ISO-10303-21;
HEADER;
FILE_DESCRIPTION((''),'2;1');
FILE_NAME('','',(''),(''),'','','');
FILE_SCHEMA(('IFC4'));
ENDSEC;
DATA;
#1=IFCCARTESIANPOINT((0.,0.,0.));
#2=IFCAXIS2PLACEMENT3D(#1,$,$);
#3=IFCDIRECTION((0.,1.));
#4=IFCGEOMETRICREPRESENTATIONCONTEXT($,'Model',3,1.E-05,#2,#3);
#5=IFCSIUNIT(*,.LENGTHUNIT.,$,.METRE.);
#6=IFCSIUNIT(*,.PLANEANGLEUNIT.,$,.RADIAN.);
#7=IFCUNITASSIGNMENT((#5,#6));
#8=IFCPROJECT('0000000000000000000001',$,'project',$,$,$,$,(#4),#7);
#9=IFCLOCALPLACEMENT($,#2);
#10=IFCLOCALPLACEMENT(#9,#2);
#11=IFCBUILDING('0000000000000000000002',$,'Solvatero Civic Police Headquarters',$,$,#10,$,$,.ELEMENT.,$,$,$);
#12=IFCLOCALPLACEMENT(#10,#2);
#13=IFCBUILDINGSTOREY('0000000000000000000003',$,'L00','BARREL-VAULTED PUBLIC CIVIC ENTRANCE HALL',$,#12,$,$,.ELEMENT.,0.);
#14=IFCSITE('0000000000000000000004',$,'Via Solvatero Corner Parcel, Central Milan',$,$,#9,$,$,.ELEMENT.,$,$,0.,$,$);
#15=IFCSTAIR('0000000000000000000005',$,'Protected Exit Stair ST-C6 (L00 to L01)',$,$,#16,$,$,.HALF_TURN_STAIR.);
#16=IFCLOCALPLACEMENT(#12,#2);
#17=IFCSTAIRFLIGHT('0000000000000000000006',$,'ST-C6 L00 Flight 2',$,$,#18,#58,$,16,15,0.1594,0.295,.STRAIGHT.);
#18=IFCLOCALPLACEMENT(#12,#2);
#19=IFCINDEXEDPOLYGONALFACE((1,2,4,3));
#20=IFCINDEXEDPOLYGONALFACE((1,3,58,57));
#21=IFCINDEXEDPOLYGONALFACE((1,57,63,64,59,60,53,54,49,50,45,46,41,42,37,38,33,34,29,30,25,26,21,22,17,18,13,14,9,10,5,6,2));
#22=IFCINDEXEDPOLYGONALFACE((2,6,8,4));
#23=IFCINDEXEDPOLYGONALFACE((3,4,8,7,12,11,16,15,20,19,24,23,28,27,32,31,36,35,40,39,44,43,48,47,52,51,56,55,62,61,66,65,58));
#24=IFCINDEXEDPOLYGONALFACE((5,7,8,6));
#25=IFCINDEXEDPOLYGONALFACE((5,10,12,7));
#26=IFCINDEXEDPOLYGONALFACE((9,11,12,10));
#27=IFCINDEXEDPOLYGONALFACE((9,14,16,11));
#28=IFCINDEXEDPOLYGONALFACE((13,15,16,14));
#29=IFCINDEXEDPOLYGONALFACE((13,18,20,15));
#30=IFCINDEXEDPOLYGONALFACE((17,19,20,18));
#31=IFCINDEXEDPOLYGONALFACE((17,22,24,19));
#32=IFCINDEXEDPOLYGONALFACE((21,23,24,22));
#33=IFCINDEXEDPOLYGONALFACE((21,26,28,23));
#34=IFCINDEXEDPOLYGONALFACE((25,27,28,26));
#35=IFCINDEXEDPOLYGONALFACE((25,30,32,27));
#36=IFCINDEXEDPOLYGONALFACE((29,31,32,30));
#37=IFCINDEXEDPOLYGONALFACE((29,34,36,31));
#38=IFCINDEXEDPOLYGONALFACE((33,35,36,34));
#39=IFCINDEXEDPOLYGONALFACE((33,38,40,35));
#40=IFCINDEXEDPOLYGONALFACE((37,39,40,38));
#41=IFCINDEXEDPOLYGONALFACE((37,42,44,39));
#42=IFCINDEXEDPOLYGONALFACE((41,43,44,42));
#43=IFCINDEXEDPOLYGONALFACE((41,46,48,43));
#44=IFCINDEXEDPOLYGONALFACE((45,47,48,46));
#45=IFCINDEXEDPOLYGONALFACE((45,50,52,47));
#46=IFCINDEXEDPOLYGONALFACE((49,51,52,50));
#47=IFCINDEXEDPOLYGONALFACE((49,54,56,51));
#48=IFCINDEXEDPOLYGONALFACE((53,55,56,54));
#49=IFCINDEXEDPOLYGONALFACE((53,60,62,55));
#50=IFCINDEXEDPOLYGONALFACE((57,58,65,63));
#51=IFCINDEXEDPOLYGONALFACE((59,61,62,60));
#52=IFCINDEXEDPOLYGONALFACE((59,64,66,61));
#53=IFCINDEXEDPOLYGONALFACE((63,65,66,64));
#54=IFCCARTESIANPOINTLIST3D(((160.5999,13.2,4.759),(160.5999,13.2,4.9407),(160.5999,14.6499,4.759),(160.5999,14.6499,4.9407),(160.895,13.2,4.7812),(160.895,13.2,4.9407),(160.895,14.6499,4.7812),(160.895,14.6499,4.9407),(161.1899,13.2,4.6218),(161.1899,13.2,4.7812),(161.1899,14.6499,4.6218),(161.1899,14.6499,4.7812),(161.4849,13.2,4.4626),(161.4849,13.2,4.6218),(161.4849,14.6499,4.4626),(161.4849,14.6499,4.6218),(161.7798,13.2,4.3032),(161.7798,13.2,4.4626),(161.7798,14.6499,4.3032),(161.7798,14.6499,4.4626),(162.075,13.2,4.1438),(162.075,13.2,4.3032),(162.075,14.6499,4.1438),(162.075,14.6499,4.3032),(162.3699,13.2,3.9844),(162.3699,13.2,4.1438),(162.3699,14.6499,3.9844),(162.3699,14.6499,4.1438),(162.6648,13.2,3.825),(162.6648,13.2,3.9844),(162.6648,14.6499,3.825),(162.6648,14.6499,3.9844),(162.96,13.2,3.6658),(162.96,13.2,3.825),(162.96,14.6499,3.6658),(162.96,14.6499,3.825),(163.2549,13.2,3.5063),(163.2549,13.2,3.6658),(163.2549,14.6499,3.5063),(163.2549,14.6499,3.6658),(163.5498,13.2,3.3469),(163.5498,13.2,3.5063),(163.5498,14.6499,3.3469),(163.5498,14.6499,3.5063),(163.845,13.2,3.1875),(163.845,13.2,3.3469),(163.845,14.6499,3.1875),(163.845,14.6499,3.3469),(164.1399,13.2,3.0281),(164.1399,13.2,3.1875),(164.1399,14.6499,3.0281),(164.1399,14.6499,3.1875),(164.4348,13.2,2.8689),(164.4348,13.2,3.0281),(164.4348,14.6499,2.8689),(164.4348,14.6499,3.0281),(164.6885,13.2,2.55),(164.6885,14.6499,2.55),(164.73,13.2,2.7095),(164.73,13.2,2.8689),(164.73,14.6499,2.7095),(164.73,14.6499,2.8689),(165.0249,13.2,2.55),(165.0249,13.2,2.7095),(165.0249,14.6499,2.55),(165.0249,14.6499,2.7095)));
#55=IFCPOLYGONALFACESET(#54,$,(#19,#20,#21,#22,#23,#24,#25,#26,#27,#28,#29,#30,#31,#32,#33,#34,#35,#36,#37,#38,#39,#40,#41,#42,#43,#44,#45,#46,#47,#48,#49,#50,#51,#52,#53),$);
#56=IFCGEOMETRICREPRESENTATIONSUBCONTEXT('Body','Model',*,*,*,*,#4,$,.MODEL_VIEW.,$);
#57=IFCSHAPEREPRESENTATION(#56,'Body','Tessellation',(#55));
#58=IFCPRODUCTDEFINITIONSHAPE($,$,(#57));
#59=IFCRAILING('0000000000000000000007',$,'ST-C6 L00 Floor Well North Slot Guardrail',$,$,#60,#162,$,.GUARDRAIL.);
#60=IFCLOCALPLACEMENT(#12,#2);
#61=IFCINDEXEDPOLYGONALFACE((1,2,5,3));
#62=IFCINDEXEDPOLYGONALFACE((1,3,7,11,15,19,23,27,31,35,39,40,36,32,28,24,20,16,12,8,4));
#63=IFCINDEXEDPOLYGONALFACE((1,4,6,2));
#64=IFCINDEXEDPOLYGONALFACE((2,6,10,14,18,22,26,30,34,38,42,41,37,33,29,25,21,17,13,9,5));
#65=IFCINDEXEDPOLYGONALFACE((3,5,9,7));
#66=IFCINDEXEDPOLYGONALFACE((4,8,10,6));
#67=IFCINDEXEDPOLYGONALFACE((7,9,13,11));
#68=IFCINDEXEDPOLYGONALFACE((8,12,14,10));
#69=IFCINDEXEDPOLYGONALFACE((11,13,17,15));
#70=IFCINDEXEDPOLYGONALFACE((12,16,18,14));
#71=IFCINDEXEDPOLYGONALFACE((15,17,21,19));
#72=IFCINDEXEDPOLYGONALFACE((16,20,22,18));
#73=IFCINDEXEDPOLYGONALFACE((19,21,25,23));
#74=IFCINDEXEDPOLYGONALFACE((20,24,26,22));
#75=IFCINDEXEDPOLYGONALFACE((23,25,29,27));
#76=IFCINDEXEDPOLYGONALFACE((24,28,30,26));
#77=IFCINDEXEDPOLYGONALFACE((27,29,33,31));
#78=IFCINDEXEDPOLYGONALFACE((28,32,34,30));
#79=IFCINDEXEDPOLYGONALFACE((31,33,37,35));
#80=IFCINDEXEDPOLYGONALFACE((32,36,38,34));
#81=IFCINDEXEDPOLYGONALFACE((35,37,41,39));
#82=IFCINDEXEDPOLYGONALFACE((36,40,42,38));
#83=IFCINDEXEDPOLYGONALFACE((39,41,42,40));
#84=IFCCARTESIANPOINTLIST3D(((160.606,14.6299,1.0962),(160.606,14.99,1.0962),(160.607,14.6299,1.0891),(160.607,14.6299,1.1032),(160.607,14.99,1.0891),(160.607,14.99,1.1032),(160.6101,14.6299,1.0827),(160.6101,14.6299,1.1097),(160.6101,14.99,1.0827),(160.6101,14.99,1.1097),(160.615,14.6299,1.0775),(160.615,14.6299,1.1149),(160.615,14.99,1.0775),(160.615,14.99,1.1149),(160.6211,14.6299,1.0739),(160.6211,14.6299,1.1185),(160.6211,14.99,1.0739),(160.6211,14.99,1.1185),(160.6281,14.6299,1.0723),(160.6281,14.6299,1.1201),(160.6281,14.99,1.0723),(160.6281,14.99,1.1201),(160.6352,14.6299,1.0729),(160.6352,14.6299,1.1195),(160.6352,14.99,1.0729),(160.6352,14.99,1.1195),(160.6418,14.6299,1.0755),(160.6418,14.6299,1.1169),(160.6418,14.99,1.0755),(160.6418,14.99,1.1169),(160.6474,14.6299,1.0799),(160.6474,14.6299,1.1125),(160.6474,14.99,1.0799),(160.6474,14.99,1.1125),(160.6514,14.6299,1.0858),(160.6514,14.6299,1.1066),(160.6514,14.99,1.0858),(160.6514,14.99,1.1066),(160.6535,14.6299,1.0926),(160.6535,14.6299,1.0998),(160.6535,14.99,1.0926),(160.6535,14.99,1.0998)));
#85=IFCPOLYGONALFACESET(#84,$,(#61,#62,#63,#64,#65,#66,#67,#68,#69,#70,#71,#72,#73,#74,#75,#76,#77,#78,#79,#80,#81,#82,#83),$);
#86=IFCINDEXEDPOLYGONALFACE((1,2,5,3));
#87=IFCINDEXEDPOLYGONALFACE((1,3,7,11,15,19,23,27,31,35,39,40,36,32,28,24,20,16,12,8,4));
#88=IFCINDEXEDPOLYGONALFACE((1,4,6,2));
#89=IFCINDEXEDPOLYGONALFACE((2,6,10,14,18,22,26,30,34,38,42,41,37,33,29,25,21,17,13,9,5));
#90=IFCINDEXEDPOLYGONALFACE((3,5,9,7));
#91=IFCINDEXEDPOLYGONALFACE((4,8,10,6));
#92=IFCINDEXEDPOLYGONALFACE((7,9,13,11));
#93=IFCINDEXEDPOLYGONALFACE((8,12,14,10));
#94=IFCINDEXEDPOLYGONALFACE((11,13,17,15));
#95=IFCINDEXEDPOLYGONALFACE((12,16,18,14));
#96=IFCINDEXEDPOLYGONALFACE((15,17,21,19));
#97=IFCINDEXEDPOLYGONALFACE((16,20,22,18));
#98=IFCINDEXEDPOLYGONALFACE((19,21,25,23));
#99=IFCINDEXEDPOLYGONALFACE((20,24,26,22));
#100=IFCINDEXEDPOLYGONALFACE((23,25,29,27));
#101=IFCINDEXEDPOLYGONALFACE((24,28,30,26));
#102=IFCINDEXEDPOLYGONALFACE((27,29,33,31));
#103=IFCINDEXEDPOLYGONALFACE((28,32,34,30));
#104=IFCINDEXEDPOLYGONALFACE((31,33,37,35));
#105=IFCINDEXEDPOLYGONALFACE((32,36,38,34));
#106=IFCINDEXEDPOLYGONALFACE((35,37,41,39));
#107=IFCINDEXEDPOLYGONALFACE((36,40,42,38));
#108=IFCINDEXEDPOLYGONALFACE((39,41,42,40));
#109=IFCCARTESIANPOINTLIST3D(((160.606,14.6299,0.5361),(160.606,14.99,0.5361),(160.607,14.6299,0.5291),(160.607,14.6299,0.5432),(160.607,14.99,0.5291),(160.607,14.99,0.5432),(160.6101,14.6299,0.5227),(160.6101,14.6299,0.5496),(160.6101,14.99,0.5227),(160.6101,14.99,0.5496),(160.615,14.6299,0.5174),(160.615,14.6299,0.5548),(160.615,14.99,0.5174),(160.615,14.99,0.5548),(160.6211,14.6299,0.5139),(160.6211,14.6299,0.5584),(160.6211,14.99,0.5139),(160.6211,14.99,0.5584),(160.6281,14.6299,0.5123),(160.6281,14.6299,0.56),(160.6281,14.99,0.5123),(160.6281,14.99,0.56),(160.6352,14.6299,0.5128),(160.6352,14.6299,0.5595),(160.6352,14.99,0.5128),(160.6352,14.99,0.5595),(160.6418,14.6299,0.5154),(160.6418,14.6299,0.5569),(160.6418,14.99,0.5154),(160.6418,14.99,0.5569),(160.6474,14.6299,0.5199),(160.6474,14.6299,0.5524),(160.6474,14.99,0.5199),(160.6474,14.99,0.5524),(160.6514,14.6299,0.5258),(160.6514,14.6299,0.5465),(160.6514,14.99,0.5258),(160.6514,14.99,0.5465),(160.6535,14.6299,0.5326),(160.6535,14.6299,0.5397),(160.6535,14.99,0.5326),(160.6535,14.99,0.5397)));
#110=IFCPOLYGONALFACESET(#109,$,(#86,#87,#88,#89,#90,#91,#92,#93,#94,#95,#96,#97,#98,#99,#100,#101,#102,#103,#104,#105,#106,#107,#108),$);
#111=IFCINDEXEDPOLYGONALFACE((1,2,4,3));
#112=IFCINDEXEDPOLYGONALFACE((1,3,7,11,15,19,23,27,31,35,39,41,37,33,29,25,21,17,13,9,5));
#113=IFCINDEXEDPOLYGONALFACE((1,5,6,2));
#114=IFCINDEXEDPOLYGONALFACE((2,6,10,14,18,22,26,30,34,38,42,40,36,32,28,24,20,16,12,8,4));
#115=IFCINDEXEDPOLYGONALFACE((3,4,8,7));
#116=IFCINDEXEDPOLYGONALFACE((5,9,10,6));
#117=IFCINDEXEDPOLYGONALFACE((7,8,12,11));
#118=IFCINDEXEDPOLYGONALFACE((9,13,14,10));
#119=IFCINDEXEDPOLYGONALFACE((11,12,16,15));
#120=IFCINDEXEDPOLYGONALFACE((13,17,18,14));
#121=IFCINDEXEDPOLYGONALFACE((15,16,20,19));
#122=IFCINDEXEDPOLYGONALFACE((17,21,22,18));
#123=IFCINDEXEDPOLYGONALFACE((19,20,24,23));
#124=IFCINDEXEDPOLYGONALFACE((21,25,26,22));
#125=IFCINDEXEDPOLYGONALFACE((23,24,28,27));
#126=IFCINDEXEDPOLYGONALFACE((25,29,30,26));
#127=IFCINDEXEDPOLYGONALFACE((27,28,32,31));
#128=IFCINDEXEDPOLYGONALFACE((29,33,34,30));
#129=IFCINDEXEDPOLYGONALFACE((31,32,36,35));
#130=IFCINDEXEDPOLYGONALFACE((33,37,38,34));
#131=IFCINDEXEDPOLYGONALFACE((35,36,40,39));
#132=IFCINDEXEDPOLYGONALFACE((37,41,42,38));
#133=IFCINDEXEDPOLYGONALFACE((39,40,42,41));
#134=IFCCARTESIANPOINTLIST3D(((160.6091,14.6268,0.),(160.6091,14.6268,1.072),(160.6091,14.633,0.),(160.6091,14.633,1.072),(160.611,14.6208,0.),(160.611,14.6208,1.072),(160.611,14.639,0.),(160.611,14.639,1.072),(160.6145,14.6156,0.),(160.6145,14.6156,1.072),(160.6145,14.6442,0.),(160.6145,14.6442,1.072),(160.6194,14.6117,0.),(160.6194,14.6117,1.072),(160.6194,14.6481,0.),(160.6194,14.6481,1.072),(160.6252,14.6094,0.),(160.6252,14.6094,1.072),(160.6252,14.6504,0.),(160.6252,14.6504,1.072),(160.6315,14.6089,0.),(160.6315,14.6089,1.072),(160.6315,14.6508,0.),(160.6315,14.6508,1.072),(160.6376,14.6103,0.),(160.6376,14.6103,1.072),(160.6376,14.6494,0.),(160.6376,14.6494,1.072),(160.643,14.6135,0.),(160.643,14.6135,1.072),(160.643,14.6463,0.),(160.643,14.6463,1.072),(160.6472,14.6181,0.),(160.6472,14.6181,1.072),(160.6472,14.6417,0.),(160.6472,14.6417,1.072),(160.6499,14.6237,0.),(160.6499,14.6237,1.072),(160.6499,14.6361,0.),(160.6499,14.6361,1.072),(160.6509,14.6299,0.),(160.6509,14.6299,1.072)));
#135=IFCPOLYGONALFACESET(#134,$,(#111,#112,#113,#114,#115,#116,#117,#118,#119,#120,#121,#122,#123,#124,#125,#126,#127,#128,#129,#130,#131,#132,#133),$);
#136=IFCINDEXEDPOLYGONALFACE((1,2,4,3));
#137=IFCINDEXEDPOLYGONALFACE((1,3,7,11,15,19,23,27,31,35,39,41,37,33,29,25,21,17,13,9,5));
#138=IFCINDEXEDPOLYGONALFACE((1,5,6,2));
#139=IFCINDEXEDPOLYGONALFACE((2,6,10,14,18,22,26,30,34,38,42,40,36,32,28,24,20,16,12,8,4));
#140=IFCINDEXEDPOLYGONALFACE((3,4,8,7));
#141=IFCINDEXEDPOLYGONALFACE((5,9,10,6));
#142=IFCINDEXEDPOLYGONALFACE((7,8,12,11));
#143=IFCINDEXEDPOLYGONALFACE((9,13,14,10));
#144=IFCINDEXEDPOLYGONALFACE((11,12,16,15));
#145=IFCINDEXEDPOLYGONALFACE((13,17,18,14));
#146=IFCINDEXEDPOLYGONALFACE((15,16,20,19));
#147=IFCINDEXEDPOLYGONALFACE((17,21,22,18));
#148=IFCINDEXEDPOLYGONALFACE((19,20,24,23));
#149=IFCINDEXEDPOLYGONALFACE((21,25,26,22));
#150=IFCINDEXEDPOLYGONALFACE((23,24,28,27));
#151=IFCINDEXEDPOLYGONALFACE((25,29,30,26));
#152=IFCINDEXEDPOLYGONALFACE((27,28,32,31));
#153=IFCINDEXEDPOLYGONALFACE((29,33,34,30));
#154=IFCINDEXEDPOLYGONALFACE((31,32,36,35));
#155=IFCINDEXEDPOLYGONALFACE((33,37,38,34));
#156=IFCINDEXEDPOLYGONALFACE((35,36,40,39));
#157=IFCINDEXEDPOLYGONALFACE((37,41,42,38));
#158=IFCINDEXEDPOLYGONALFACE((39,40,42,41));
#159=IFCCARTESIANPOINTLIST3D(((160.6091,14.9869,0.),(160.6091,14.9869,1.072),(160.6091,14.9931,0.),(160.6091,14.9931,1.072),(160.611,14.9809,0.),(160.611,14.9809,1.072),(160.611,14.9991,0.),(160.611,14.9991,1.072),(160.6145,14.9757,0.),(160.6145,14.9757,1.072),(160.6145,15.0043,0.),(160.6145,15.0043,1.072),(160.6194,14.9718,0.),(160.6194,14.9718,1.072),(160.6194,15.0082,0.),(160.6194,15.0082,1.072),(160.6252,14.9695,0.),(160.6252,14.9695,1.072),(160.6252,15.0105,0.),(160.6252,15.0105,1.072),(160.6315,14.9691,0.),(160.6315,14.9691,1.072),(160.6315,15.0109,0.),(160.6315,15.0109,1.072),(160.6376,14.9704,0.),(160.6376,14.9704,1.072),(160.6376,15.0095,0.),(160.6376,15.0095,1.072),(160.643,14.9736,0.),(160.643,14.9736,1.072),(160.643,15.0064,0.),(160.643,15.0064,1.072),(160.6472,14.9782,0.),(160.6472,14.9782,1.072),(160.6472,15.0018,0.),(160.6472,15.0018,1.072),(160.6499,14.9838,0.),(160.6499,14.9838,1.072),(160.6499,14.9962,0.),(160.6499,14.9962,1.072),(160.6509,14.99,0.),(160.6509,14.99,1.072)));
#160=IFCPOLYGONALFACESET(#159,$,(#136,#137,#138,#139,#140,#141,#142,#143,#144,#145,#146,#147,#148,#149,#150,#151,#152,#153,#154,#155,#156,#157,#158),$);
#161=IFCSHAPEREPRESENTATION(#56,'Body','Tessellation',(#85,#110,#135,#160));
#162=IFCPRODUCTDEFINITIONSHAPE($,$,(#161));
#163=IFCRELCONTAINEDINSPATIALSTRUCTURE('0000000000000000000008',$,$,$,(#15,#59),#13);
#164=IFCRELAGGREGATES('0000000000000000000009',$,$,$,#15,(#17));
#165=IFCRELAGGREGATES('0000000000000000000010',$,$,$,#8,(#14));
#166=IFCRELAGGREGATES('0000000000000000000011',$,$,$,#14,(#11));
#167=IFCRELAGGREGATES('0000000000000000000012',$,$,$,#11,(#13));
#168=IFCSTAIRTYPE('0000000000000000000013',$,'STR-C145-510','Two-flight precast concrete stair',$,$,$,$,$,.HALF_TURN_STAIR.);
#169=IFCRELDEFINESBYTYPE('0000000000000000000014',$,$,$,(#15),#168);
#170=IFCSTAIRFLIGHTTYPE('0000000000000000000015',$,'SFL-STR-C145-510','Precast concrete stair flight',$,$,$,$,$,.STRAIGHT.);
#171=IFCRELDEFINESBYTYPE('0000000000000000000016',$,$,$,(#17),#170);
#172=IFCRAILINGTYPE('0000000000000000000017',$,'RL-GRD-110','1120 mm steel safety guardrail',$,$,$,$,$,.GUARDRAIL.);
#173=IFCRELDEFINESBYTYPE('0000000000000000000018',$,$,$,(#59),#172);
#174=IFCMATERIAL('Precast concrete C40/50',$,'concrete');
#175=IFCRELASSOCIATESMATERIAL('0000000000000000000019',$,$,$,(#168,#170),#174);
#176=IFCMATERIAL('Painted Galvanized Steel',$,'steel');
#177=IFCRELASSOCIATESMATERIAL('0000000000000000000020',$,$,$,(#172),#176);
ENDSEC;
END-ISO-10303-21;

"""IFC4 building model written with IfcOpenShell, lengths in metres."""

from ifc_helpers import new_model, si_unit, direction, frame, origin, origin_2d, place, context, subcontext, project, spatial, polyline, circle, outline, extrude, material, type_object, element, aggregate, save


model = new_model("IFC4")

# Units and contexts
model_context = context("Model", 3, precision=1e-05, world=origin(), true_north=direction((0.0, 1.0)))
body_context = subcontext(model_context, "Body", "Model", "MODEL_VIEW")
ifc_project = project(units=[si_unit("LENGTHUNIT", "METRE"), si_unit("PLANEANGLEUNIT", "RADIAN")], contexts=[model_context])

# Site, building, storey
site_placement = place(None, origin())
site = spatial("IfcSite", under=ifc_project, at=site_placement, Name="Via Solvatero Corner Parcel, Central Milan", CompositionType="ELEMENT", RefElevation=0.0)
building_placement = place(site_placement, origin())
building = spatial("IfcBuilding", under=site, at=building_placement, Name="Solvatero Civic Police Headquarters", CompositionType="ELEMENT")
storey_placement = place(building_placement, origin())
storey = spatial("IfcBuildingStorey", under=building, at=storey_placement, Name="L00", Description="BARREL-VAULTED PUBLIC CIVIC ENTRANCE HALL", CompositionType="ELEMENT", Elevation=0.0)

# Stair, stair flight
ifc_material_1 = material(Name="Precast concrete C40/50", Category="concrete")
stair_type = type_object("IfcStairType", Name="STR-C145-510", Description="Two-flight precast concrete stair", PredefinedType="HALF_TURN_STAIR", material=ifc_material_1)
stair_placement = place(storey_placement, origin())
stair = element("IfcStair", 1, at=stair_placement, inside=storey, type_object=stair_type, Name="Protected Exit Stair ST-C6 (L00 to L01)", PredefinedType="HALF_TURN_STAIR")
stair_flight_type = type_object("IfcStairFlightType", Name="SFL-STR-C145-510", Description="Precast concrete stair flight", PredefinedType="STRAIGHT", material=ifc_material_1)
stair_flight_placement = place(storey_placement, frame((165.0249, 13.925, 2.55), z_axis=(0.0, 0.0, 1.0), x_axis=(-1.0, 0.0, 0.0)))
stair_flight = element("IfcStairFlight", 2, at=stair_flight_placement, type_object=stair_flight_type, Name="ST-C6 L00 Flight 2", NumberOfRisers=16, NumberOfTreads=15, PredefinedType="STRAIGHT", RiserHeight=0.1594, TreadLength=0.295, context=body_context, shape_type="SweptSolid", body=[
    extrude(outline(polyline([(0.0, 0.0), (0.0, 0.1594), (0.2949, 0.1594), (0.2949, 0.3188), (0.5901, 0.3188), (0.5901, 0.478), (0.885, 0.478), (0.885, 0.6375), (1.1799, 0.6375), (1.1799, 0.7969), (1.4751, 0.7969), (1.4751, 0.9563), (1.77, 0.9563), (1.77, 1.1157), (2.0649, 1.1157), (2.0649, 1.2749), (2.3601, 1.2749), (2.3601, 1.4343), (2.655, 1.4343), (2.655, 1.5938), (2.95, 1.5938), (2.95, 1.7532), (3.2451, 1.7532), (3.2451, 1.9126), (3.54, 1.9126), (3.54, 2.0718), (3.835, 2.0718), (3.835, 2.2312), (4.1299, 2.2312), (4.1299, 2.3906), (4.425, 2.3906), (4.425, 2.55), (4.425, 2.209), (0.3364, 0.0), (0.0, 0.0)])), frame((0.0, 0.7251, 0.0), z_axis=(0.0, -1.0, 0.0), x_axis=(1.0, 0.0, 0.0)), (0.0, 0.0, 1.0), 1.45),
])
aggregate(stair, [stair_flight])

# Railing
ifc_material_2 = material(Name="Painted Galvanized Steel", Category="steel")
railing_type_1 = type_object("IfcRailingType", Name="RL-GRD-110", Description="1120 mm steel safety guardrail", PredefinedType="GUARDRAIL", material=ifc_material_2)
railing_1_placement = place(storey_placement, frame((160.6299, 14.6299, 0.0)))
element("IfcRailing", 3, at=railing_1_placement, inside=storey, type_object=railing_type_1, Name="ST-C6 L00 Floor Well North Slot Guardrail", PredefinedType="GUARDRAIL", context=body_context, shape_type="SweptSolid", body=[
    extrude(circle(Radius=0.0239, at=origin_2d()), frame((0.0, 0.0, 1.0962), z_axis=(0.0, 1.0, 0.0), x_axis=(-1.0, 0.0, 0.0)), (0.0, 0.0, 1.0), 0.3601),
    extrude(circle(Radius=0.0239, at=origin_2d()), frame((0.0, 0.0, 0.5361), z_axis=(0.0, 1.0, 0.0), x_axis=(-1.0, 0.0, 0.0)), (0.0, 0.0, 1.0), 0.3601),
    extrude(circle(Radius=0.021, at=origin_2d()), origin(), (0.0, 0.0, 1.0), 1.072),
    extrude(circle(Radius=0.021, at=origin_2d()), frame((0.0, 0.3601, 0.0)), (0.0, 0.0, 1.0), 1.072),
])

save(model, "model.ifc")
